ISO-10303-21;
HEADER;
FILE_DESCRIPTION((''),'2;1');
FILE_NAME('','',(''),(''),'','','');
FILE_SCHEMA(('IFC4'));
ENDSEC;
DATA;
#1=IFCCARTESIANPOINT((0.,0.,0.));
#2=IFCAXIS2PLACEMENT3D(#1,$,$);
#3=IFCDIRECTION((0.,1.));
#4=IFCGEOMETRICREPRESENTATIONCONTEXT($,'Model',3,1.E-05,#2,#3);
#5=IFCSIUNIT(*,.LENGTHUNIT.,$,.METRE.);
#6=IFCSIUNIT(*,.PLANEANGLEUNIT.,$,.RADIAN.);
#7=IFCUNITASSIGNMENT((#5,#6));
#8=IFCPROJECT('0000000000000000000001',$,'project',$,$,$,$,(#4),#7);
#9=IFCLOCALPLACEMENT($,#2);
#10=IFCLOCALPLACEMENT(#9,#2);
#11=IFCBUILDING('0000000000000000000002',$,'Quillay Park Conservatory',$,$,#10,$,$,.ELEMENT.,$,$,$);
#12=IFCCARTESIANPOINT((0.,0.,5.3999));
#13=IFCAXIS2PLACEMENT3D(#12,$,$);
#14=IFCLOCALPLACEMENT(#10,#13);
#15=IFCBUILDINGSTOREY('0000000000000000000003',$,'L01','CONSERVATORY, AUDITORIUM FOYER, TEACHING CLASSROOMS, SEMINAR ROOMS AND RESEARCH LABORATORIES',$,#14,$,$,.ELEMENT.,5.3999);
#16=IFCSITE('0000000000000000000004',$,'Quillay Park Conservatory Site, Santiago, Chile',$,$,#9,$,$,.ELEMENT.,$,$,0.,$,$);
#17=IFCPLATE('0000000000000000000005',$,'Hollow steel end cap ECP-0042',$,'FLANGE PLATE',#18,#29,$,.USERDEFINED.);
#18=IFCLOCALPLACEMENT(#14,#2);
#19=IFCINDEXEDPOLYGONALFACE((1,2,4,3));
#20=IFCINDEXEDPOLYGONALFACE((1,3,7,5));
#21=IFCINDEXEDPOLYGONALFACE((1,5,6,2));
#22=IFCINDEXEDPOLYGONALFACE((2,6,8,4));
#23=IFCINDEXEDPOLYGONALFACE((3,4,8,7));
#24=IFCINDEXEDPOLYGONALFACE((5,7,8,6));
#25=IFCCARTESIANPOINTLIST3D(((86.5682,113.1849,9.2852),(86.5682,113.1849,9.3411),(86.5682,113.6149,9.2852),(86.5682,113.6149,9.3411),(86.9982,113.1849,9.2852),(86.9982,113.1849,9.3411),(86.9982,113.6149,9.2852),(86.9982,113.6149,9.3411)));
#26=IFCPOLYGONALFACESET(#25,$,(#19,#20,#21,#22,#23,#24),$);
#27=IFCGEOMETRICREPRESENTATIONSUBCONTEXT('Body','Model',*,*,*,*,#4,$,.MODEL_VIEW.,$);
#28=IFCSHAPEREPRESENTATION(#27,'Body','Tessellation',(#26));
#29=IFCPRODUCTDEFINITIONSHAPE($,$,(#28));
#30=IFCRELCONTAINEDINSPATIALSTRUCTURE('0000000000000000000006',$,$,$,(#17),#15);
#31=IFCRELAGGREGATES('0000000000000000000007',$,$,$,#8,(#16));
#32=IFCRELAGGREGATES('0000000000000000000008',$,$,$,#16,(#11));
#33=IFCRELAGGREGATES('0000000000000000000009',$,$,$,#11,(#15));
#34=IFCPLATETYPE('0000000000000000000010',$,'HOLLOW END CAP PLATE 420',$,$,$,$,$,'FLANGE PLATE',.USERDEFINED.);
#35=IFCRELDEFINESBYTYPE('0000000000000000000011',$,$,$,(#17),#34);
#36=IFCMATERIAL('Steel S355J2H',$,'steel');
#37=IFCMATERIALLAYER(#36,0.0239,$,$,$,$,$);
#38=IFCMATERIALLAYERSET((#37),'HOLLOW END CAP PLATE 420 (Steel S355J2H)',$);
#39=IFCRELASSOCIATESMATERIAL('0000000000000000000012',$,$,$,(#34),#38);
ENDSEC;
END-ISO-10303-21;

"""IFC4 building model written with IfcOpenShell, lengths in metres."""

from ifc_helpers import new_model, si_unit, direction, frame, origin, origin_2d, place, context, subcontext, project, spatial, rectangle, extrude, material, layer, layer_set, type_object, element, save


model = new_model("IFC4")

# Units and contexts
model_context = context("Model", 3, precision=1e-05, world=origin(), true_north=direction((0.0, 1.0)))
body_context = subcontext(model_context, "Body", "Model", "MODEL_VIEW")
ifc_project = project(units=[si_unit("LENGTHUNIT", "METRE"), si_unit("PLANEANGLEUNIT", "RADIAN")], contexts=[model_context])

# Site, building, storey
site_placement = place(None, origin())
site = spatial("IfcSite", under=ifc_project, at=site_placement, Name="Quillay Park Conservatory Site, Santiago, Chile", CompositionType="ELEMENT", RefElevation=0.0)
building_placement = place(site_placement, origin())
building = spatial("IfcBuilding", under=site, at=building_placement, Name="Quillay Park Conservatory", CompositionType="ELEMENT")
storey_placement = place(building_placement, frame((0.0, 0.0, 5.3999)))
storey = spatial("IfcBuildingStorey", under=building, at=storey_placement, Name="L01", Description="CONSERVATORY, AUDITORIUM FOYER, TEACHING CLASSROOMS, SEMINAR ROOMS AND RESEARCH LABORATORIES", CompositionType="ELEMENT", Elevation=5.3999)

# Plate
ifc_material_1 = material(Name="Steel S355J2H", Category="steel")
ifc_layer_1 = layer(ifc_material_1, 0.0239)
ifc_layer_set_1 = layer_set([ifc_layer_1], Name="HOLLOW END CAP PLATE 420 (Steel S355J2H)")
plate_type_1 = type_object("IfcPlateType", Name="HOLLOW END CAP PLATE 420", ElementType="FLANGE PLATE", PredefinedType="USERDEFINED", material=ifc_layer_set_1)
plate_1_placement = place(storey_placement, frame((86.7832, 113.3999, 9.2852), z_axis=(0.0, 0.0, 1.0), x_axis=(1.0, 0.0, 0.0)))
element("IfcPlate", 1, at=plate_1_placement, inside=storey, type_object=plate_type_1, Name="Hollow steel end cap ECP-0042", ObjectType="FLANGE PLATE", PredefinedType="USERDEFINED", context=body_context, shape_type="SweptSolid", body=[
    extrude(rectangle(XDim=0.4299, YDim=0.4299, at=origin_2d()), origin(), (0.0, 0.0, 1.0), 0.0559),
])

save(model, "model.ifc")
